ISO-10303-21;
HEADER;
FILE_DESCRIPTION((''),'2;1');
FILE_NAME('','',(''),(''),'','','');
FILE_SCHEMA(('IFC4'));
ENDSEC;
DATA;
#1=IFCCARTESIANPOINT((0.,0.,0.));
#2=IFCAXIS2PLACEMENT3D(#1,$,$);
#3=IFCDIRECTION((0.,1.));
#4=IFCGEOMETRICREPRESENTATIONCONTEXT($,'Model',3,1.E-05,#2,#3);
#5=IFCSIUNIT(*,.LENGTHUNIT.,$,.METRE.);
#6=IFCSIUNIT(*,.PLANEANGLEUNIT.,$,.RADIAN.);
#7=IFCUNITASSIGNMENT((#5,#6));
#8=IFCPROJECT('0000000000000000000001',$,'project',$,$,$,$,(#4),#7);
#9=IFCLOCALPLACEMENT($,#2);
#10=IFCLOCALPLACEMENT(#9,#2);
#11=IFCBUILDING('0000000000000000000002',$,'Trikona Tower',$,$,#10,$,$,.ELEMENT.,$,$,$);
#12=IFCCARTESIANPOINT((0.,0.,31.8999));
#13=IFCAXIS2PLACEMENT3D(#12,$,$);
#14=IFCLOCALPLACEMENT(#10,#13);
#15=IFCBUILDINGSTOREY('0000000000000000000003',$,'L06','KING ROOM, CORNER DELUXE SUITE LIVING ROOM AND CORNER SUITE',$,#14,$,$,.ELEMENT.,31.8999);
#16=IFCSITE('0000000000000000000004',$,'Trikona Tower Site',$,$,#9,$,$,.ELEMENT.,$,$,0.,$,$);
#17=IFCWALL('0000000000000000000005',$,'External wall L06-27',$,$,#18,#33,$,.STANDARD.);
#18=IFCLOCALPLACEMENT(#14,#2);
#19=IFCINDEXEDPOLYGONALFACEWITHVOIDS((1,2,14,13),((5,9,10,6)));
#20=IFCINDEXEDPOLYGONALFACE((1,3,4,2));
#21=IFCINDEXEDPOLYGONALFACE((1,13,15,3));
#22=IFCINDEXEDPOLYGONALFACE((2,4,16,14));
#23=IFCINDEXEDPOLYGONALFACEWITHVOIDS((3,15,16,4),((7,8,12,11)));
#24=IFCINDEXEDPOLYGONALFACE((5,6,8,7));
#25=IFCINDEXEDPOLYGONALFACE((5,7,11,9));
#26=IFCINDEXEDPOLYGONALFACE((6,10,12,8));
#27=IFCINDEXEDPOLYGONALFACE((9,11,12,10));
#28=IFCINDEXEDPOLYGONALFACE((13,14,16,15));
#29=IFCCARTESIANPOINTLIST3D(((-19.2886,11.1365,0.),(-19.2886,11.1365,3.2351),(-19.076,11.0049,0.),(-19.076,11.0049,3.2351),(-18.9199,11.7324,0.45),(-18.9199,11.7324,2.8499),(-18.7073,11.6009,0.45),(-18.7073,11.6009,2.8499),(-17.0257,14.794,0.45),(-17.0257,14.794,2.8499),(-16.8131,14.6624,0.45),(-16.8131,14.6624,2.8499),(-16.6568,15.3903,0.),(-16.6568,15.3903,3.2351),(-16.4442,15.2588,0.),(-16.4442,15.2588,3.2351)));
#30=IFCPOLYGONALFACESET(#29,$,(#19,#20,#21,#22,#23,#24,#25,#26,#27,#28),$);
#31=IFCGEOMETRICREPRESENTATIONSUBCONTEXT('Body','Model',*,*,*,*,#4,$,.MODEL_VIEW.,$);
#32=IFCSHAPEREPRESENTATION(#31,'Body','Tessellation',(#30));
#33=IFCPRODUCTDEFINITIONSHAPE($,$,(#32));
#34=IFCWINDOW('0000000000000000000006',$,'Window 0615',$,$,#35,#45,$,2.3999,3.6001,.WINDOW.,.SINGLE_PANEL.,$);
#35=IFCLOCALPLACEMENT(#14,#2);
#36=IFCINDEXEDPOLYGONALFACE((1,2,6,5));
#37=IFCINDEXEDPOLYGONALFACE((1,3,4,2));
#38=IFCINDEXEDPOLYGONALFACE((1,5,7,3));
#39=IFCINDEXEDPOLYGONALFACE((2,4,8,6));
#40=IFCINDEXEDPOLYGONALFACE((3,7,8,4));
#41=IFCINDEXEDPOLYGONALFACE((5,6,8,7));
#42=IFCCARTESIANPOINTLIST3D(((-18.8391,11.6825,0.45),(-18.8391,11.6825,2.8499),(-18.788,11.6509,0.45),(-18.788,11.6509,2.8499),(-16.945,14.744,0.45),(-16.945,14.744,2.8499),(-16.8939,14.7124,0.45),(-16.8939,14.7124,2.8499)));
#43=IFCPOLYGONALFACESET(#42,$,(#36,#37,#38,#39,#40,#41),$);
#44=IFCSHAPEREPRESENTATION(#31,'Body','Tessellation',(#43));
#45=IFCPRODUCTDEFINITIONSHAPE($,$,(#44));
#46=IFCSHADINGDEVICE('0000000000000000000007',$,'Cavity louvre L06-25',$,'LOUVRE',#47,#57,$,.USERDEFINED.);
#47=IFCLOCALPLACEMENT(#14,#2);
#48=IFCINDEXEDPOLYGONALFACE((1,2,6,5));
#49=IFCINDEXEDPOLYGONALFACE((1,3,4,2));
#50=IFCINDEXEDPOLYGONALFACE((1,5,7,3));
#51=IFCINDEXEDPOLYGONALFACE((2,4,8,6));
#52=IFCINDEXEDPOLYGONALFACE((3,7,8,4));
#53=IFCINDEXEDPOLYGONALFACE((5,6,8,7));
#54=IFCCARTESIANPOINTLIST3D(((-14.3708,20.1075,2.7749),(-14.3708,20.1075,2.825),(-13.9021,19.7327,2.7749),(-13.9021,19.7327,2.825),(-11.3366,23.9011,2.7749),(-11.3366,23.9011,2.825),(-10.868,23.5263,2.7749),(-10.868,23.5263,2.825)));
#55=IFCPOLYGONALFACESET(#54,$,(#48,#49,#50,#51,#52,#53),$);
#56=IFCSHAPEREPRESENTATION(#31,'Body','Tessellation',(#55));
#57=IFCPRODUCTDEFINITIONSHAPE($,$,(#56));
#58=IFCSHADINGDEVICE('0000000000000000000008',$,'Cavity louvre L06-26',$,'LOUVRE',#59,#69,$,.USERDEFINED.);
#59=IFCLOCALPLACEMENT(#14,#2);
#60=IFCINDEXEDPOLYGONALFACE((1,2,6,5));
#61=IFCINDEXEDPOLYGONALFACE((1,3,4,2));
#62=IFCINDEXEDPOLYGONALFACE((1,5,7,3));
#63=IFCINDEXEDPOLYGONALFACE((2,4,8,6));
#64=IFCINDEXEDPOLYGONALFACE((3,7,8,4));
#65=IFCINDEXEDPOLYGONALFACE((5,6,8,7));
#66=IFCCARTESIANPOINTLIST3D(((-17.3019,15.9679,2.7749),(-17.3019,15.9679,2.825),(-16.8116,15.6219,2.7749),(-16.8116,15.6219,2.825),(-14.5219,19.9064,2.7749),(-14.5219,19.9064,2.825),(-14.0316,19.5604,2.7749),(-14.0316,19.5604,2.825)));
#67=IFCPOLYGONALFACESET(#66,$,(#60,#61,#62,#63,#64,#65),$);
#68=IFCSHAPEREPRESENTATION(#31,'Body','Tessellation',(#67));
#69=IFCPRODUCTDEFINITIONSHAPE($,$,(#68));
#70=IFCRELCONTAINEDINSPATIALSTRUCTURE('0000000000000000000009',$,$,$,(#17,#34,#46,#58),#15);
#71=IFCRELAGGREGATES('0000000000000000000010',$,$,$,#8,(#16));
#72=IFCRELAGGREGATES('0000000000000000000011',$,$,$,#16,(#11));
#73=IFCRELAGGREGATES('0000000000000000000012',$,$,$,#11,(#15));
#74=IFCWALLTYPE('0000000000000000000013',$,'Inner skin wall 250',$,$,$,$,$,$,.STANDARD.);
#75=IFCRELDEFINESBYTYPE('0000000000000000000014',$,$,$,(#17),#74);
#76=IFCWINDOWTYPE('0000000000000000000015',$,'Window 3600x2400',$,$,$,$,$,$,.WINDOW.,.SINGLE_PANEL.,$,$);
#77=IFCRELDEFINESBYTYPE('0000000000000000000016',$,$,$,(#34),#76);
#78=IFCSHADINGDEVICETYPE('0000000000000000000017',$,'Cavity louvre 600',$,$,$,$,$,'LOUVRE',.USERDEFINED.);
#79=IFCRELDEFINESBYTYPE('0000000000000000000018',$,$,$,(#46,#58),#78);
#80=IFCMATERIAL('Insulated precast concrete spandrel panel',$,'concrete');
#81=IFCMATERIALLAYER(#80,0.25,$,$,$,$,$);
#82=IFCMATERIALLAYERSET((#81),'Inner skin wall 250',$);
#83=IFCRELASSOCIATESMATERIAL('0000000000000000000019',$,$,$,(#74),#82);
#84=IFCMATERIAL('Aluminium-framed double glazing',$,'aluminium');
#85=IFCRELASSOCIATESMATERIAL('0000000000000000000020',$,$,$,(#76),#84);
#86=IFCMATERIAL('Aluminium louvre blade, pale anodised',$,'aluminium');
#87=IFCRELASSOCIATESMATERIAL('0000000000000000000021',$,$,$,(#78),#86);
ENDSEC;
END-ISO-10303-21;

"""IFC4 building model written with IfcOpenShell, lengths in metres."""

from ifc_helpers import new_model, si_unit, direction, frame, frame_2d, origin, origin_2d, place, context, subcontext, project, spatial, rectangle, extrude, material, layer, layer_set, type_object, element, fill, save


model = new_model("IFC4")

# Units and contexts
model_context = context("Model", 3, precision=1e-05, world=origin(), true_north=direction((0.0, 1.0)))
body_context = subcontext(model_context, "Body", "Model", "MODEL_VIEW")
ifc_project = project(units=[si_unit("LENGTHUNIT", "METRE"), si_unit("PLANEANGLEUNIT", "RADIAN")], contexts=[model_context])

# Site, building, storey
site_placement = place(None, origin())
site = spatial("IfcSite", under=ifc_project, at=site_placement, Name="Trikona Tower Site", CompositionType="ELEMENT", RefElevation=0.0)
building_placement = place(site_placement, origin())
building = spatial("IfcBuilding", under=site, at=building_placement, Name="Trikona Tower", CompositionType="ELEMENT")
storey_placement = place(building_placement, frame((0.0, 0.0, 31.8999)))
storey = spatial("IfcBuildingStorey", under=building, at=storey_placement, Name="L06", Description="KING ROOM, CORNER DELUXE SUITE LIVING ROOM AND CORNER SUITE", CompositionType="ELEMENT", Elevation=31.8999)

# Wall, opening, window
ifc_material_1 = material(Name="Insulated precast concrete spandrel panel", Category="concrete")
ifc_layer_1 = layer(ifc_material_1, 0.25)
ifc_layer_set_1 = layer_set([ifc_layer_1], Name="Inner skin wall 250")
wall_type = type_object("IfcWallType", Name="Inner skin wall 250", PredefinedType="STANDARD", material=ifc_layer_set_1)
ifc_material_2 = material(Name="Aluminium-framed double glazing", Category="aluminium")
window_type = type_object("IfcWindowType", Name="Window 3600x2400", PartitioningType="SINGLE_PANEL", PredefinedType="WINDOW", material=ifc_material_2)
wall_1_placement = place(storey_placement, frame((-16.5505, 15.3245, 0.0), z_axis=(0.0, 0.0, 1.0), x_axis=(-0.526133, -0.850402, 0.0)))
wall_1 = element("IfcWall", 1, at=wall_1_placement, inside=storey, type_object=wall_type, Name="External wall L06-27", PredefinedType="STANDARD", context=body_context, shape_type="SweptSolid", body=[
    extrude(rectangle(XDim=5.0022, YDim=0.25, at=frame_2d((2.501, 0.0))), origin(), (0.0, 0.0, 1.0), 3.2351),
])
opening_1_placement = place(wall_1_placement, frame((0.7012, 0.0, 0.45)))
opening_1 = element("IfcOpeningElement", 2, at=opening_1_placement, cuts=wall_1, PredefinedType="OPENING", context=body_context, shape_type="SweptSolid", body=[
    extrude(rectangle(XDim=3.6001, YDim=2.3999, at=frame_2d((1.8, 1.2))), frame((0.0, 0.135, 0.0), z_axis=(0.0, -1.0, 0.0), x_axis=(1.0, 0.0, 0.0)), (0.0, 0.0, 1.0), 0.27),
])
window_1_placement = place(opening_1_placement, origin())
window_1 = element("IfcWindow", 3, at=window_1_placement, inside=storey, type_object=window_type, Name="Window 0615", OverallHeight=2.3999, OverallWidth=3.6001, PartitioningType="SINGLE_PANEL", PredefinedType="WINDOW", context=body_context, shape_type="SweptSolid", body=[
    extrude(rectangle(XDim=3.6001, YDim=2.3999, at=frame_2d((1.8, 1.2))), frame((0.0, 0.03, 0.0), z_axis=(0.0, -1.0, 0.0), x_axis=(1.0, 0.0, 0.0)), (0.0, 0.0, 1.0), 0.0601),
])
fill(opening_1, window_1)

# Shading devices
ifc_material_3 = material(Name="Aluminium louvre blade, pale anodised", Category="aluminium")
shading_device_type = type_object("IfcShadingDeviceType", Name="Cavity louvre 600", ElementType="LOUVRE", PredefinedType="USERDEFINED", material=ifc_material_3)
shading_device_1_placement = place(storey_placement, frame((-12.6194, 21.8169, 2.7749), z_axis=(0.0, 0.0, 1.0), x_axis=(-0.624604, -0.780942, 0.0)))
element("IfcShadingDevice", 4, at=shading_device_1_placement, inside=storey, type_object=shading_device_type, Name="Cavity louvre L06-25", ObjectType="LOUVRE", PredefinedType="USERDEFINED", context=body_context, shape_type="SweptSolid", body=[
    extrude(rectangle(XDim=4.8577, YDim=0.6001, at=origin_2d()), origin(), (0.0, 0.0, 1.0), 0.05),
])
shading_device_2_placement = place(storey_placement, frame((-15.6667, 17.7642, 2.7749), z_axis=(0.0, 0.0, 1.0), x_axis=(-0.576662, -0.816983, 0.0)))
element("IfcShadingDevice", 5, at=shading_device_2_placement, inside=storey, type_object=shading_device_type, Name="Cavity louvre L06-26", ObjectType="LOUVRE", PredefinedType="USERDEFINED", context=body_context, shape_type="SweptSolid", body=[
    extrude(rectangle(XDim=4.8208, YDim=0.6001, at=origin_2d()), origin(), (0.0, 0.0, 1.0), 0.05),
])

save(model, "model.ifc")
